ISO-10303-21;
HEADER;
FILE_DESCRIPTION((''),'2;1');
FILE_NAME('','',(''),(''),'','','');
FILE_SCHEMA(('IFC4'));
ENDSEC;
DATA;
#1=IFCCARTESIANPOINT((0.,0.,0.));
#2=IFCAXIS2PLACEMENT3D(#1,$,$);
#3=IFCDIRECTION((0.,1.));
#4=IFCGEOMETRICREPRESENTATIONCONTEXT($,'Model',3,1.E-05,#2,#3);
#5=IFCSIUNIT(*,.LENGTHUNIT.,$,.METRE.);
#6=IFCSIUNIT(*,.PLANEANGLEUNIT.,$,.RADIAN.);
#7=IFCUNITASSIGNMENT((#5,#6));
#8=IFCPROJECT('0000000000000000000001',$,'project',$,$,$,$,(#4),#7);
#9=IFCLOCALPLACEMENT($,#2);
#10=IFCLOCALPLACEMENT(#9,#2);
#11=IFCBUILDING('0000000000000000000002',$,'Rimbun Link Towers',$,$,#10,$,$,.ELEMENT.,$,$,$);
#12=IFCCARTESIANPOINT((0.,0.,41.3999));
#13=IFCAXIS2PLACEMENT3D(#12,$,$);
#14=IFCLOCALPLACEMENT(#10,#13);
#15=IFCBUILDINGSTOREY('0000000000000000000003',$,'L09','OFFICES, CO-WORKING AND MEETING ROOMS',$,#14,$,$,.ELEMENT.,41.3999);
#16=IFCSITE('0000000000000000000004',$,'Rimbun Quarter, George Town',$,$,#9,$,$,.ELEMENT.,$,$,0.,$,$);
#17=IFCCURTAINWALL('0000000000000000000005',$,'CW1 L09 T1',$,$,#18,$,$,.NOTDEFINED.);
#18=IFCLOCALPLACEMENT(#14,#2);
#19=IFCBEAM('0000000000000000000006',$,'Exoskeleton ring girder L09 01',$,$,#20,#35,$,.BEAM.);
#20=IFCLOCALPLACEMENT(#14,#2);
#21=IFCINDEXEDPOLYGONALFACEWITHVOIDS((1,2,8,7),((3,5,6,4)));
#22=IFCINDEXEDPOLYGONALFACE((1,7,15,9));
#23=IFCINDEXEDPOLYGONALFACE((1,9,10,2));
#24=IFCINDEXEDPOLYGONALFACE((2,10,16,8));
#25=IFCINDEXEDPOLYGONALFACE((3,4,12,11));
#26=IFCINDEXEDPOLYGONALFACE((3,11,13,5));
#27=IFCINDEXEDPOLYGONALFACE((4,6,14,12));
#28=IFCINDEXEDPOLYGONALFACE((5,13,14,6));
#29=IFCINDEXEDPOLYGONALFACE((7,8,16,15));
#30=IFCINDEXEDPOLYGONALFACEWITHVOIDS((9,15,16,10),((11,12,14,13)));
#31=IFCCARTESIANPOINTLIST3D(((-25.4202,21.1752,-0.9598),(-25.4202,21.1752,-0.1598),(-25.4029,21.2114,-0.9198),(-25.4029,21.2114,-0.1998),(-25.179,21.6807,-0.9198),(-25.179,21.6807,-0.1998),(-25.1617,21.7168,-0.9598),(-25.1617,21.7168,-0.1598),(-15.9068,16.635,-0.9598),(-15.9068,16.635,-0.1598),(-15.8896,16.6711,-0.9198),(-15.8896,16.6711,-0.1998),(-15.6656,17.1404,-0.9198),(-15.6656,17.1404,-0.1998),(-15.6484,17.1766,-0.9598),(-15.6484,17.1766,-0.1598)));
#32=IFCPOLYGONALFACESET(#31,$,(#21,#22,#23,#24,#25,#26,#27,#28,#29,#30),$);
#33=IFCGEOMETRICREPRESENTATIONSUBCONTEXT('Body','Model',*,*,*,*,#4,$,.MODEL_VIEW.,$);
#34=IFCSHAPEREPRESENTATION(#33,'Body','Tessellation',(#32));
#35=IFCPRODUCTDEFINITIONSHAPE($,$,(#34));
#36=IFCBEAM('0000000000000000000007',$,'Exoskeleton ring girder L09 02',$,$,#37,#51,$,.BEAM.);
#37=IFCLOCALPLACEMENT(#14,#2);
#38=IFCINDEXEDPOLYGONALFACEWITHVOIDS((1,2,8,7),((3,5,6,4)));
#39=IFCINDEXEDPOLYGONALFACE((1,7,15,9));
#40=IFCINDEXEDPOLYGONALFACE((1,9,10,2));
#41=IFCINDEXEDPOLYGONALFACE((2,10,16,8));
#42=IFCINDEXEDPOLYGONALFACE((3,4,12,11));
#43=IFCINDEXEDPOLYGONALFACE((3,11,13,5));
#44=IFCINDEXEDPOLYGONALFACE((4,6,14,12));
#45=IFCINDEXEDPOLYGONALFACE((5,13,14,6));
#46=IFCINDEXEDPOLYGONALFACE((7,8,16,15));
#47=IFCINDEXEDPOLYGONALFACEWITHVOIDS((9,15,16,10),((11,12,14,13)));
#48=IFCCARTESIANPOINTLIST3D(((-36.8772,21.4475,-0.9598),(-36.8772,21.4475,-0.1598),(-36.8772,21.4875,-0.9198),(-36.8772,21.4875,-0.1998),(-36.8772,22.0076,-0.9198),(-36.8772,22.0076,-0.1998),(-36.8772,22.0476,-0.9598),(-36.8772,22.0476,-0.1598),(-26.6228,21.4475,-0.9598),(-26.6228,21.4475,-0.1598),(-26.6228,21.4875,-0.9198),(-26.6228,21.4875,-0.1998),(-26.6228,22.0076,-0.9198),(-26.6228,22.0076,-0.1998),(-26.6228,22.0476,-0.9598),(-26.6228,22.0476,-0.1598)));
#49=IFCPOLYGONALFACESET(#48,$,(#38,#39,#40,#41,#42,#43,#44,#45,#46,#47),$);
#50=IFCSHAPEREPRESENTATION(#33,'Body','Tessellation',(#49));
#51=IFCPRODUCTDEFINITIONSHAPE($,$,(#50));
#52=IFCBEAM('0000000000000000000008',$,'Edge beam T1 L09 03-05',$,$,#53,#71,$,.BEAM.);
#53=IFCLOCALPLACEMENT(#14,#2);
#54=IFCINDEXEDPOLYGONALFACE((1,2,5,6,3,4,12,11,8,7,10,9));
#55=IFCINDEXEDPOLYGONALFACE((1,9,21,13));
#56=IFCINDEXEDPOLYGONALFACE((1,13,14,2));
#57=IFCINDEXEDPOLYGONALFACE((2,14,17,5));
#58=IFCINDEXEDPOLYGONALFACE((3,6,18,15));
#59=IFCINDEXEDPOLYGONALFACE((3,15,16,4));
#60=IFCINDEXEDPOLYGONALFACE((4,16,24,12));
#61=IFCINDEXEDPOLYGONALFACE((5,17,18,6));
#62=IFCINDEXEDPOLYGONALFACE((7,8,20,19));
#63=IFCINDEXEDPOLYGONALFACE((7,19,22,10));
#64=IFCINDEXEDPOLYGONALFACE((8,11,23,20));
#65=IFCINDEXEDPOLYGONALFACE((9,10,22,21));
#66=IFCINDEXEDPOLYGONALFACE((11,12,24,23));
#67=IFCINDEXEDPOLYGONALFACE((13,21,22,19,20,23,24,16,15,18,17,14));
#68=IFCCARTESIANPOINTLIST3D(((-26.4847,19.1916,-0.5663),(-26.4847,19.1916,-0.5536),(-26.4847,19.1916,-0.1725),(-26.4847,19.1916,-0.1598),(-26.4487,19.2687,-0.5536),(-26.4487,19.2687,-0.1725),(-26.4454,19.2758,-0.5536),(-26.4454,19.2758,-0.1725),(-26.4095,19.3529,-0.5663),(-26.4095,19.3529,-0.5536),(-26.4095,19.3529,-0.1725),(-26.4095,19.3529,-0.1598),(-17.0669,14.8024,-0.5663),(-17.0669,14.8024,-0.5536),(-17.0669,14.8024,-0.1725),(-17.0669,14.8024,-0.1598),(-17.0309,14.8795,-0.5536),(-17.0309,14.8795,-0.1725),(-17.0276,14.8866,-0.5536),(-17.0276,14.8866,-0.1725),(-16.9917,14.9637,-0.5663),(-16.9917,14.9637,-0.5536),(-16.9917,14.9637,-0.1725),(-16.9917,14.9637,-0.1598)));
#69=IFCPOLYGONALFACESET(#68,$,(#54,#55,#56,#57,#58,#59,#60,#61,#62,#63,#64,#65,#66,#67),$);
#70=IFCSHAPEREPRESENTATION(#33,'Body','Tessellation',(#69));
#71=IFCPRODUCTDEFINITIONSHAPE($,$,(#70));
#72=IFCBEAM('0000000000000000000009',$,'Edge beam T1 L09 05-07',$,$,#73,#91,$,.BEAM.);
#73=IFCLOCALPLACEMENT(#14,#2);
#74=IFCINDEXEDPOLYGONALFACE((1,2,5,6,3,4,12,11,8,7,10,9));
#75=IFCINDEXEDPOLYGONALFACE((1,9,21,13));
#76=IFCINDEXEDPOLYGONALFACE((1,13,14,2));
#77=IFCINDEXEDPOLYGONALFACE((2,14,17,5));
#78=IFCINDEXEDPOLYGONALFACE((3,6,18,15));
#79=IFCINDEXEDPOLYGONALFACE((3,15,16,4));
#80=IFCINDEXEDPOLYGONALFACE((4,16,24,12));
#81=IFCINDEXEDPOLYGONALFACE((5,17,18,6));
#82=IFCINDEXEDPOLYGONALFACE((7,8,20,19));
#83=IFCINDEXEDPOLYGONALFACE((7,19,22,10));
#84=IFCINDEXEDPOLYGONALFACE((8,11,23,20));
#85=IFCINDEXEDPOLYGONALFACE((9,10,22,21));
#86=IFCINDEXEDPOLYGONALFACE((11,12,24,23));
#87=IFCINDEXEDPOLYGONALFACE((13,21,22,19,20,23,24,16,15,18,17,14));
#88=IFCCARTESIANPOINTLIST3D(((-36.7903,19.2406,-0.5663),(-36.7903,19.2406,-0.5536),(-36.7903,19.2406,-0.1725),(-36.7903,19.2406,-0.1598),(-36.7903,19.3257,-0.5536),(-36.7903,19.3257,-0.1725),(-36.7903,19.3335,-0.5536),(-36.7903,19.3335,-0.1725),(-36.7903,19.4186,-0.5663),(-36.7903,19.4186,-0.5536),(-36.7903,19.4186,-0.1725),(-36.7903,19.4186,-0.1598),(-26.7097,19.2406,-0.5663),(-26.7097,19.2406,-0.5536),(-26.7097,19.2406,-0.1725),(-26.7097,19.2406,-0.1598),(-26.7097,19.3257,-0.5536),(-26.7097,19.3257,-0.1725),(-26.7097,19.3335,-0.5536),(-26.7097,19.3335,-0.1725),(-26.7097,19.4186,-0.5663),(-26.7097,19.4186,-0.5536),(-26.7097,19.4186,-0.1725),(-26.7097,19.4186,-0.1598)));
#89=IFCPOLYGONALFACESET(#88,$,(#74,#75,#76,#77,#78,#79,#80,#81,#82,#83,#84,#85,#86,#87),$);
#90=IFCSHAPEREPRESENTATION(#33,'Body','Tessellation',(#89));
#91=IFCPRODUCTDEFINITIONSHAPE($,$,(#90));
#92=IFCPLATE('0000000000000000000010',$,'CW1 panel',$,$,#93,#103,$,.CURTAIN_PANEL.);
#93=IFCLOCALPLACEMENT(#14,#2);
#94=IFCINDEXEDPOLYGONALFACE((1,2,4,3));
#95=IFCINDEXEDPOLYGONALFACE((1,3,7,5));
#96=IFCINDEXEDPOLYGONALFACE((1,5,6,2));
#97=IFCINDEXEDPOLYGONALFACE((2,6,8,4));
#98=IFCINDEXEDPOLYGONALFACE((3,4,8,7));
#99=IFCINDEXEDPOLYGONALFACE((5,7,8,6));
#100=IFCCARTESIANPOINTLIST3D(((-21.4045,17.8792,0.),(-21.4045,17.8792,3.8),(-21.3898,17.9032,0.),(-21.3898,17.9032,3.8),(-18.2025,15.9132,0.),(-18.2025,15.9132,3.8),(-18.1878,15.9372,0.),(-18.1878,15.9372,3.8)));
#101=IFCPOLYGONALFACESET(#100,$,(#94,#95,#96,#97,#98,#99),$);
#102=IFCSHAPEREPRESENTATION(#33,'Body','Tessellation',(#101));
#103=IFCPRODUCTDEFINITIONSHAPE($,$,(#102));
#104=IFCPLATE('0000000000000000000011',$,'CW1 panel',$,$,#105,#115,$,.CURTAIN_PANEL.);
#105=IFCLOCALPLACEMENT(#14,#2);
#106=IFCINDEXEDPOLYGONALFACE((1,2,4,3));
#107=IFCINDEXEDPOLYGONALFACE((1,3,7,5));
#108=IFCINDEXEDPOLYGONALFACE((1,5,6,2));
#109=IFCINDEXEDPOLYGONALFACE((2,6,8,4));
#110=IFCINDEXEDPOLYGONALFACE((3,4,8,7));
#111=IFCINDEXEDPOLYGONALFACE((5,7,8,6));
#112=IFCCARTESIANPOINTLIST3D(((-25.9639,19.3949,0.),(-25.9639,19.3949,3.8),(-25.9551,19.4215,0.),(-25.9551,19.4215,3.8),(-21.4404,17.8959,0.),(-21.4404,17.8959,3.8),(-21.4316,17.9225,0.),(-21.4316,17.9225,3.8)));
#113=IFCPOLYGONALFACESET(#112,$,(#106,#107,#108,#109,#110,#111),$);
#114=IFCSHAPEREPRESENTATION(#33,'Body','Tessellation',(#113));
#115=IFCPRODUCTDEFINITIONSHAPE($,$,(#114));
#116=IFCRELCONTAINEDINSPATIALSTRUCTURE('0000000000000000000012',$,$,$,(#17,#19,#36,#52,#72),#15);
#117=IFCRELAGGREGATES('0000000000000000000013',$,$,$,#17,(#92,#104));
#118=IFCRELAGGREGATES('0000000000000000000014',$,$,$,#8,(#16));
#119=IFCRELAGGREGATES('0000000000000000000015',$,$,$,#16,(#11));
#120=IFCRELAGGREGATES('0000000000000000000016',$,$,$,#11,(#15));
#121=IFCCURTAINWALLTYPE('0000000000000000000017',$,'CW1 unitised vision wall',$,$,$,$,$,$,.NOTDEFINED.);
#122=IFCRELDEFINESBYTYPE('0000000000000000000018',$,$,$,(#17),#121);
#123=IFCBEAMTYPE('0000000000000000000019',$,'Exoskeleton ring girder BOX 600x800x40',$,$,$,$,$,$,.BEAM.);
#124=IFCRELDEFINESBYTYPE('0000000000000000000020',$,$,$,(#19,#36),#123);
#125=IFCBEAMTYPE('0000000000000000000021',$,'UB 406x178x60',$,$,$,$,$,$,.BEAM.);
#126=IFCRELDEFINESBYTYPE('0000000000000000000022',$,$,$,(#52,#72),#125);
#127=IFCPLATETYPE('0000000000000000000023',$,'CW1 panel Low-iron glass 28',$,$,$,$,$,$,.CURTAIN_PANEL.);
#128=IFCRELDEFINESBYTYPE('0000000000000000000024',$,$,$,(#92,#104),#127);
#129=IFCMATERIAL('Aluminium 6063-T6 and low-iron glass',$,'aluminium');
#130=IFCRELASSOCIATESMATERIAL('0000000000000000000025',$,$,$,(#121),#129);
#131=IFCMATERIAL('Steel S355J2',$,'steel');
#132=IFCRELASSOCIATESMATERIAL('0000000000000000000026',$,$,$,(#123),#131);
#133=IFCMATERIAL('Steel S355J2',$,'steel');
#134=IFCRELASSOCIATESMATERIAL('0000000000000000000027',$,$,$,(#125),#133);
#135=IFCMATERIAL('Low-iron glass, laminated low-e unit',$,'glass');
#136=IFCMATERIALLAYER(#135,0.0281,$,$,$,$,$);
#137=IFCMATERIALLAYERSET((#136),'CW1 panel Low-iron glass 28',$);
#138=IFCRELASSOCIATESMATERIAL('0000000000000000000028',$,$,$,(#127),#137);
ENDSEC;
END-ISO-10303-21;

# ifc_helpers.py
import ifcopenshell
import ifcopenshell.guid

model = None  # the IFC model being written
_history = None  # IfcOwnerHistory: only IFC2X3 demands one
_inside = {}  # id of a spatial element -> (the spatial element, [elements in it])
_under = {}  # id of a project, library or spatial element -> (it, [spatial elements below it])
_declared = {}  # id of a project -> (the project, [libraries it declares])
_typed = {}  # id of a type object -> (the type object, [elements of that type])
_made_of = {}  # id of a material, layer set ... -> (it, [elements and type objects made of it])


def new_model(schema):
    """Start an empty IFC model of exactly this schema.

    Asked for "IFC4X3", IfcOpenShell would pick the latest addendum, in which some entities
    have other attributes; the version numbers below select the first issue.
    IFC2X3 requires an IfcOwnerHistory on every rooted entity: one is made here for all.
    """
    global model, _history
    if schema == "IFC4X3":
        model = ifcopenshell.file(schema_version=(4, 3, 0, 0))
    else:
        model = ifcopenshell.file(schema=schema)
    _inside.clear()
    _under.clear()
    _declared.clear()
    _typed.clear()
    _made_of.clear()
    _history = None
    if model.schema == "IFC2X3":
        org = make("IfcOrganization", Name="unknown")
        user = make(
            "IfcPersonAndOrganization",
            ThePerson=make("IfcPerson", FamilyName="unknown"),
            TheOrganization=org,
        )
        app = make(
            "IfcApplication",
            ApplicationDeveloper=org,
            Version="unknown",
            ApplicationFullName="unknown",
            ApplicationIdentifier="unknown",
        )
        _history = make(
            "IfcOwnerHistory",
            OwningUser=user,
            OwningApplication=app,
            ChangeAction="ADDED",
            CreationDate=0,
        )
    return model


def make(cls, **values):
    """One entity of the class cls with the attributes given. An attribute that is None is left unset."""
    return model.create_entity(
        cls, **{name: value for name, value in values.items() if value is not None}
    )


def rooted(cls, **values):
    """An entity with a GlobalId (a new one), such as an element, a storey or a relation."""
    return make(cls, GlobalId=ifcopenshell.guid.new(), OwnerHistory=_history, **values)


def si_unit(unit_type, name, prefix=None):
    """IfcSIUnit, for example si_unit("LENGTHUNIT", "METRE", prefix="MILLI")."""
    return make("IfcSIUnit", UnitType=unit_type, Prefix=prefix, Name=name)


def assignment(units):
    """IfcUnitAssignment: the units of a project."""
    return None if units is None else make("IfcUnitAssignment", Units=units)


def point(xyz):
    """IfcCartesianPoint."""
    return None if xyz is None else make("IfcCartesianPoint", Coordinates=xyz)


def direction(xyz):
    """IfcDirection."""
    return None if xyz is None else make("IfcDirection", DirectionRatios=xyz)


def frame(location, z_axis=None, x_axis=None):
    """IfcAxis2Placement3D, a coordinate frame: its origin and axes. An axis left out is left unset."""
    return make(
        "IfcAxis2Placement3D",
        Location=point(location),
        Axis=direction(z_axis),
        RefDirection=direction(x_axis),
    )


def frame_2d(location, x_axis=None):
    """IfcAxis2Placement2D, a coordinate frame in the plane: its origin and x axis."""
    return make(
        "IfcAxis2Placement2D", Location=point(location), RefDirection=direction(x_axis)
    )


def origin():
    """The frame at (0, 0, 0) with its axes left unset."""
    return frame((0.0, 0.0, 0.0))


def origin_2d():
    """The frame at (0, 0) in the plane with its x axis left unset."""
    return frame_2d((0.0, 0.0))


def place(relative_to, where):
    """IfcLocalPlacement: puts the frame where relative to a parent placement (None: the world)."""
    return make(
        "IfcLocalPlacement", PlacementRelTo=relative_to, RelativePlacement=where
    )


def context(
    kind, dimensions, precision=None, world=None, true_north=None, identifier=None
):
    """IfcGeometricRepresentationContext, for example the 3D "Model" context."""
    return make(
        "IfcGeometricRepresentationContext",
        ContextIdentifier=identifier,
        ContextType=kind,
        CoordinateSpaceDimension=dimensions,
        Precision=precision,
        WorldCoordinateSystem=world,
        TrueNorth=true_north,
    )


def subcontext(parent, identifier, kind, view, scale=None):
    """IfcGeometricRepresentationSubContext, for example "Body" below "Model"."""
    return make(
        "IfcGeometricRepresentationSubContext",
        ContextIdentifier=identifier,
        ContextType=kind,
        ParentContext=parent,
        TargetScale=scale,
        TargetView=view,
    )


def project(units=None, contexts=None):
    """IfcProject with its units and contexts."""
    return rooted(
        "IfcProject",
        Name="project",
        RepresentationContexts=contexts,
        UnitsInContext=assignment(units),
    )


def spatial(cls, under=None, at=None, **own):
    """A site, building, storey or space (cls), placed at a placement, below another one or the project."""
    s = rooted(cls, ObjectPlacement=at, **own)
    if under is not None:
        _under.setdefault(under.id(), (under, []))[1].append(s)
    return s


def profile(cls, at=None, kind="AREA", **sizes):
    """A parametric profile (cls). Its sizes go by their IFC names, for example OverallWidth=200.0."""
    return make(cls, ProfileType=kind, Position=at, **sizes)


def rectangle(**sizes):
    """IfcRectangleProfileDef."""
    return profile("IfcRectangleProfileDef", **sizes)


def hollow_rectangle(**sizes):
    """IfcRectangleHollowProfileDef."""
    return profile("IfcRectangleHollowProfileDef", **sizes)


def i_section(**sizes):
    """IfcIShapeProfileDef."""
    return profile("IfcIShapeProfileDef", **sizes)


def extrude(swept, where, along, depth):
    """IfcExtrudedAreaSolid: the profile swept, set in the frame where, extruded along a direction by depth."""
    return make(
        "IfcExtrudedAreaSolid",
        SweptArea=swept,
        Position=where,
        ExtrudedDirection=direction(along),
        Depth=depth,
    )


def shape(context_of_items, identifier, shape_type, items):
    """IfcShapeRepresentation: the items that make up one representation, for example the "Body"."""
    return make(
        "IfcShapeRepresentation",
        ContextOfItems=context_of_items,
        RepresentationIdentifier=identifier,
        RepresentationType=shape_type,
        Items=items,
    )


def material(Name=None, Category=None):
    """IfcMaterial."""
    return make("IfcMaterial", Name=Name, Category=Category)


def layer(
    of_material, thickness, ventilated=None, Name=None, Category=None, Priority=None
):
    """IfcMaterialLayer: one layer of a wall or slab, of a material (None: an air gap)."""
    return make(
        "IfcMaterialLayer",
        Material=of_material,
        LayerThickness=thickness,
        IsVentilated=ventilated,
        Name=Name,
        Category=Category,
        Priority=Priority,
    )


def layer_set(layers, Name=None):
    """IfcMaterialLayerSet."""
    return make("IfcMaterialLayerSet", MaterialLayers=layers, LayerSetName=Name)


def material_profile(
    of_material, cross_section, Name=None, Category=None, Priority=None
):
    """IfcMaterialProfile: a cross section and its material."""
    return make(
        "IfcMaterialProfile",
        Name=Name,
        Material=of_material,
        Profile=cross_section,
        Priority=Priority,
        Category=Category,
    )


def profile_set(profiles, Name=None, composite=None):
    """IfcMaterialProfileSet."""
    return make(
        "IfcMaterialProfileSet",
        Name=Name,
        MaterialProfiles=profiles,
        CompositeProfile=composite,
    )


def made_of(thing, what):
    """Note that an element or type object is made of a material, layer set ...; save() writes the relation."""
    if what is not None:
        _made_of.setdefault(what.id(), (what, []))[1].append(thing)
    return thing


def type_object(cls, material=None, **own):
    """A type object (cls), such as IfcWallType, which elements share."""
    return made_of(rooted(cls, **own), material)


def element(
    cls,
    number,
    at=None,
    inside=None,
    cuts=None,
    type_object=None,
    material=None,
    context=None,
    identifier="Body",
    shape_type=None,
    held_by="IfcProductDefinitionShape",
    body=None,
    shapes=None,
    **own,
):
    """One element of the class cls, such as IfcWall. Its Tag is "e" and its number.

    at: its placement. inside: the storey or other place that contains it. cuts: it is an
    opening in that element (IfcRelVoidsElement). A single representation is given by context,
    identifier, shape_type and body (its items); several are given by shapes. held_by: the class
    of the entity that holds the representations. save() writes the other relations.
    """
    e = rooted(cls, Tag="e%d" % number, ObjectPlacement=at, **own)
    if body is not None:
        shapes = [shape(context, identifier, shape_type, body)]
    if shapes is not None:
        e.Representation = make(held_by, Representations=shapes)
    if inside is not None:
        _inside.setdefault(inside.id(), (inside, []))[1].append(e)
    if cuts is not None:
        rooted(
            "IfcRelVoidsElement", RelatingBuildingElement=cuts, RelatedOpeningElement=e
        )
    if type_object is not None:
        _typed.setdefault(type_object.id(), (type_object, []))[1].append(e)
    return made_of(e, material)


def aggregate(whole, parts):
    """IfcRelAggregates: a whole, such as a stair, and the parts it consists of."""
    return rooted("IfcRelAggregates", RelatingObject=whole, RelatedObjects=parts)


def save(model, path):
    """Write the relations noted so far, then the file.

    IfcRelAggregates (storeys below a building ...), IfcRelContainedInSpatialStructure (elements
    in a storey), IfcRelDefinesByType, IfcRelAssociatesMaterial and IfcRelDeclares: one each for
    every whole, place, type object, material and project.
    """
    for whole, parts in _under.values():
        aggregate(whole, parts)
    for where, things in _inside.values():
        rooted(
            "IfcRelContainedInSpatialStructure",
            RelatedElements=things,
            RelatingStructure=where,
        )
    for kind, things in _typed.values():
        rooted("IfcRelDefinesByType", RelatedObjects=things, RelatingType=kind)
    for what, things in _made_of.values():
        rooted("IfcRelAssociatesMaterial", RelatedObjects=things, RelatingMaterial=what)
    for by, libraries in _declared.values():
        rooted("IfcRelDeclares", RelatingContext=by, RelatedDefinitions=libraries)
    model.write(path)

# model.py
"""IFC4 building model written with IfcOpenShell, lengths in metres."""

from ifc_helpers import new_model, si_unit, direction, frame, origin, origin_2d, place, context, subcontext, project, spatial, rectangle, hollow_rectangle, i_section, extrude, material, layer, layer_set, material_profile, profile_set, type_object, element, aggregate, save


model = new_model("IFC4")

# Units and contexts
model_context = context("Model", 3, precision=1e-05, world=origin(), true_north=direction((0.0, 1.0)))
body_context = subcontext(model_context, "Body", "Model", "MODEL_VIEW")
ifc_project = project(units=[si_unit("LENGTHUNIT", "METRE"), si_unit("PLANEANGLEUNIT", "RADIAN")], contexts=[model_context])

# Site, building, storey
site_placement = place(None, origin())
site = spatial("IfcSite", under=ifc_project, at=site_placement, Name="Rimbun Quarter, George Town", CompositionType="ELEMENT", RefElevation=0.0)
building_placement = place(site_placement, origin())
building = spatial("IfcBuilding", under=site, at=building_placement, Name="Rimbun Link Towers", CompositionType="ELEMENT")
storey_placement = place(building_placement, frame((0.0, 0.0, 41.3999)))
storey = spatial("IfcBuildingStorey", under=building, at=storey_placement, Name="L09", Description="OFFICES, CO-WORKING AND MEETING ROOMS", CompositionType="ELEMENT", Elevation=41.3999)

# Curtain wall
ifc_material_1 = material(Name="Aluminium 6063-T6 and low-iron glass", Category="aluminium")
curtain_wall_type = type_object("IfcCurtainWallType", Name="CW1 unitised vision wall", PredefinedType="NOTDEFINED", material=ifc_material_1)
curtain_wall_placement = place(storey_placement, origin())
curtain_wall = element("IfcCurtainWall", 1, at=curtain_wall_placement, inside=storey, type_object=curtain_wall_type, Name="CW1 L09 T1", PredefinedType="NOTDEFINED")

# Beams
ifc_material_2 = material(Name="Steel S355J2", Category="steel")
ifc_material_profile_1 = material_profile(ifc_material_2, hollow_rectangle(XDim=0.6001, YDim=0.8, WallThickness=0.04, at=origin_2d()), Name="Exoskeleton ring girder BOX 600x800x40")
ifc_profile_set_1 = profile_set([ifc_material_profile_1], Name="Steel S355J2")
beam_type_1 = type_object("IfcBeamType", Name="Exoskeleton ring girder BOX 600x800x40", PredefinedType="BEAM", material=ifc_profile_set_1)
beam_1_placement = place(storey_placement, frame((-15.7776, 16.9058, -0.5598), z_axis=(-0.902489, 0.430713, 0.0), x_axis=(-0.430713, -0.902489, 0.0)))
element("IfcBeam", 2, at=beam_1_placement, inside=storey, type_object=beam_type_1, Name="Exoskeleton ring girder L09 01", PredefinedType="BEAM", context=body_context, shape_type="SweptSolid", body=[
    extrude(hollow_rectangle(XDim=0.6001, YDim=0.8, WallThickness=0.04, at=origin_2d()), origin(), (0.0, 0.0, 1.0), 10.5413),
])
beam_2_placement = place(storey_placement, frame((-26.6228, 21.7476, -0.5598), z_axis=(-1.0, 0.0, 0.0), x_axis=(0.0, -1.0, 0.0)))
element("IfcBeam", 3, at=beam_2_placement, inside=storey, type_object=beam_type_1, Name="Exoskeleton ring girder L09 02", PredefinedType="BEAM", context=body_context, shape_type="SweptSolid", body=[
    extrude(hollow_rectangle(XDim=0.6001, YDim=0.8, WallThickness=0.04, at=origin_2d()), origin(), (0.0, 0.0, 1.0), 10.2544),
])
ifc_material_3 = material(Name="Steel S355J2", Category="steel")
ifc_material_profile_2 = material_profile(ifc_material_3, i_section(OverallWidth=0.178, OverallDepth=0.4065, WebThickness=0.0078, FlangeThickness=0.0127, at=origin_2d()), Name="UB 406x178x60")
ifc_profile_set_2 = profile_set([ifc_material_profile_2], Name="Steel S355J2")
beam_type_2 = type_object("IfcBeamType", Name="UB 406x178x60", PredefinedType="BEAM", material=ifc_profile_set_2)
beam_3_placement = place(storey_placement, frame((-17.0293, 14.8831, -0.363), z_axis=(-0.906396, 0.422429, 0.0), x_axis=(-0.422429, -0.906396, 0.0)))
element("IfcBeam", 4, at=beam_3_placement, inside=storey, type_object=beam_type_2, Name="Edge beam T1 L09 03-05", PredefinedType="BEAM", context=body_context, shape_type="SweptSolid", body=[
    extrude(i_section(OverallWidth=0.178, OverallDepth=0.4065, WebThickness=0.0078, FlangeThickness=0.0127, at=origin_2d()), origin(), (0.0, 0.0, 1.0), 10.3904),
])
beam_4_placement = place(storey_placement, frame((-26.7097, 19.3296, -0.363), z_axis=(-1.0, 0.0, 0.0), x_axis=(0.0, -1.0, 0.0)))
element("IfcBeam", 5, at=beam_4_placement, inside=storey, type_object=beam_type_2, Name="Edge beam T1 L09 05-07", PredefinedType="BEAM", context=body_context, shape_type="SweptSolid", body=[
    extrude(i_section(OverallWidth=0.178, OverallDepth=0.4065, WebThickness=0.0078, FlangeThickness=0.0127, at=origin_2d()), origin(), (0.0, 0.0, 1.0), 10.0806),
])

# Plates
ifc_material_4 = material(Name="Low-iron glass, laminated low-e unit", Category="glass")
ifc_layer = layer(ifc_material_4, 0.0281)
ifc_layer_set = layer_set([ifc_layer], Name="CW1 panel Low-iron glass 28")
plate_type = type_object("IfcPlateType", Name="CW1 panel Low-iron glass 28", PredefinedType="CURTAIN_PANEL", material=ifc_layer_set)
plate_1_placement = place(storey_placement, frame((-19.7961, 16.9082, 0.0), z_axis=(0.0, 0.0, 1.0), x_axis=(0.852185, -0.523241, 0.0)))
plate_1 = element("IfcPlate", 6, at=plate_1_placement, type_object=plate_type, Name="CW1 panel", PredefinedType="CURTAIN_PANEL", context=body_context, shape_type="SweptSolid", body=[
    extrude(rectangle(XDim=3.7573, YDim=0.0281, at=origin_2d()), origin(), (0.0, 0.0, 1.0), 3.8),
])
plate_2_placement = place(storey_placement, frame((-23.6978, 18.6587, 0.0), z_axis=(0.0, 0.0, 1.0), x_axis=(0.949238, -0.314558, 0.0)))
plate_2 = element("IfcPlate", 7, at=plate_2_placement, type_object=plate_type, Name="CW1 panel", PredefinedType="CURTAIN_PANEL", context=body_context, shape_type="SweptSolid", body=[
    extrude(rectangle(XDim=4.7654, YDim=0.0281, at=origin_2d()), origin(), (0.0, 0.0, 1.0), 3.8),
])
aggregate(curtain_wall, [plate_1, plate_2])

save(model, "model.ifc")
